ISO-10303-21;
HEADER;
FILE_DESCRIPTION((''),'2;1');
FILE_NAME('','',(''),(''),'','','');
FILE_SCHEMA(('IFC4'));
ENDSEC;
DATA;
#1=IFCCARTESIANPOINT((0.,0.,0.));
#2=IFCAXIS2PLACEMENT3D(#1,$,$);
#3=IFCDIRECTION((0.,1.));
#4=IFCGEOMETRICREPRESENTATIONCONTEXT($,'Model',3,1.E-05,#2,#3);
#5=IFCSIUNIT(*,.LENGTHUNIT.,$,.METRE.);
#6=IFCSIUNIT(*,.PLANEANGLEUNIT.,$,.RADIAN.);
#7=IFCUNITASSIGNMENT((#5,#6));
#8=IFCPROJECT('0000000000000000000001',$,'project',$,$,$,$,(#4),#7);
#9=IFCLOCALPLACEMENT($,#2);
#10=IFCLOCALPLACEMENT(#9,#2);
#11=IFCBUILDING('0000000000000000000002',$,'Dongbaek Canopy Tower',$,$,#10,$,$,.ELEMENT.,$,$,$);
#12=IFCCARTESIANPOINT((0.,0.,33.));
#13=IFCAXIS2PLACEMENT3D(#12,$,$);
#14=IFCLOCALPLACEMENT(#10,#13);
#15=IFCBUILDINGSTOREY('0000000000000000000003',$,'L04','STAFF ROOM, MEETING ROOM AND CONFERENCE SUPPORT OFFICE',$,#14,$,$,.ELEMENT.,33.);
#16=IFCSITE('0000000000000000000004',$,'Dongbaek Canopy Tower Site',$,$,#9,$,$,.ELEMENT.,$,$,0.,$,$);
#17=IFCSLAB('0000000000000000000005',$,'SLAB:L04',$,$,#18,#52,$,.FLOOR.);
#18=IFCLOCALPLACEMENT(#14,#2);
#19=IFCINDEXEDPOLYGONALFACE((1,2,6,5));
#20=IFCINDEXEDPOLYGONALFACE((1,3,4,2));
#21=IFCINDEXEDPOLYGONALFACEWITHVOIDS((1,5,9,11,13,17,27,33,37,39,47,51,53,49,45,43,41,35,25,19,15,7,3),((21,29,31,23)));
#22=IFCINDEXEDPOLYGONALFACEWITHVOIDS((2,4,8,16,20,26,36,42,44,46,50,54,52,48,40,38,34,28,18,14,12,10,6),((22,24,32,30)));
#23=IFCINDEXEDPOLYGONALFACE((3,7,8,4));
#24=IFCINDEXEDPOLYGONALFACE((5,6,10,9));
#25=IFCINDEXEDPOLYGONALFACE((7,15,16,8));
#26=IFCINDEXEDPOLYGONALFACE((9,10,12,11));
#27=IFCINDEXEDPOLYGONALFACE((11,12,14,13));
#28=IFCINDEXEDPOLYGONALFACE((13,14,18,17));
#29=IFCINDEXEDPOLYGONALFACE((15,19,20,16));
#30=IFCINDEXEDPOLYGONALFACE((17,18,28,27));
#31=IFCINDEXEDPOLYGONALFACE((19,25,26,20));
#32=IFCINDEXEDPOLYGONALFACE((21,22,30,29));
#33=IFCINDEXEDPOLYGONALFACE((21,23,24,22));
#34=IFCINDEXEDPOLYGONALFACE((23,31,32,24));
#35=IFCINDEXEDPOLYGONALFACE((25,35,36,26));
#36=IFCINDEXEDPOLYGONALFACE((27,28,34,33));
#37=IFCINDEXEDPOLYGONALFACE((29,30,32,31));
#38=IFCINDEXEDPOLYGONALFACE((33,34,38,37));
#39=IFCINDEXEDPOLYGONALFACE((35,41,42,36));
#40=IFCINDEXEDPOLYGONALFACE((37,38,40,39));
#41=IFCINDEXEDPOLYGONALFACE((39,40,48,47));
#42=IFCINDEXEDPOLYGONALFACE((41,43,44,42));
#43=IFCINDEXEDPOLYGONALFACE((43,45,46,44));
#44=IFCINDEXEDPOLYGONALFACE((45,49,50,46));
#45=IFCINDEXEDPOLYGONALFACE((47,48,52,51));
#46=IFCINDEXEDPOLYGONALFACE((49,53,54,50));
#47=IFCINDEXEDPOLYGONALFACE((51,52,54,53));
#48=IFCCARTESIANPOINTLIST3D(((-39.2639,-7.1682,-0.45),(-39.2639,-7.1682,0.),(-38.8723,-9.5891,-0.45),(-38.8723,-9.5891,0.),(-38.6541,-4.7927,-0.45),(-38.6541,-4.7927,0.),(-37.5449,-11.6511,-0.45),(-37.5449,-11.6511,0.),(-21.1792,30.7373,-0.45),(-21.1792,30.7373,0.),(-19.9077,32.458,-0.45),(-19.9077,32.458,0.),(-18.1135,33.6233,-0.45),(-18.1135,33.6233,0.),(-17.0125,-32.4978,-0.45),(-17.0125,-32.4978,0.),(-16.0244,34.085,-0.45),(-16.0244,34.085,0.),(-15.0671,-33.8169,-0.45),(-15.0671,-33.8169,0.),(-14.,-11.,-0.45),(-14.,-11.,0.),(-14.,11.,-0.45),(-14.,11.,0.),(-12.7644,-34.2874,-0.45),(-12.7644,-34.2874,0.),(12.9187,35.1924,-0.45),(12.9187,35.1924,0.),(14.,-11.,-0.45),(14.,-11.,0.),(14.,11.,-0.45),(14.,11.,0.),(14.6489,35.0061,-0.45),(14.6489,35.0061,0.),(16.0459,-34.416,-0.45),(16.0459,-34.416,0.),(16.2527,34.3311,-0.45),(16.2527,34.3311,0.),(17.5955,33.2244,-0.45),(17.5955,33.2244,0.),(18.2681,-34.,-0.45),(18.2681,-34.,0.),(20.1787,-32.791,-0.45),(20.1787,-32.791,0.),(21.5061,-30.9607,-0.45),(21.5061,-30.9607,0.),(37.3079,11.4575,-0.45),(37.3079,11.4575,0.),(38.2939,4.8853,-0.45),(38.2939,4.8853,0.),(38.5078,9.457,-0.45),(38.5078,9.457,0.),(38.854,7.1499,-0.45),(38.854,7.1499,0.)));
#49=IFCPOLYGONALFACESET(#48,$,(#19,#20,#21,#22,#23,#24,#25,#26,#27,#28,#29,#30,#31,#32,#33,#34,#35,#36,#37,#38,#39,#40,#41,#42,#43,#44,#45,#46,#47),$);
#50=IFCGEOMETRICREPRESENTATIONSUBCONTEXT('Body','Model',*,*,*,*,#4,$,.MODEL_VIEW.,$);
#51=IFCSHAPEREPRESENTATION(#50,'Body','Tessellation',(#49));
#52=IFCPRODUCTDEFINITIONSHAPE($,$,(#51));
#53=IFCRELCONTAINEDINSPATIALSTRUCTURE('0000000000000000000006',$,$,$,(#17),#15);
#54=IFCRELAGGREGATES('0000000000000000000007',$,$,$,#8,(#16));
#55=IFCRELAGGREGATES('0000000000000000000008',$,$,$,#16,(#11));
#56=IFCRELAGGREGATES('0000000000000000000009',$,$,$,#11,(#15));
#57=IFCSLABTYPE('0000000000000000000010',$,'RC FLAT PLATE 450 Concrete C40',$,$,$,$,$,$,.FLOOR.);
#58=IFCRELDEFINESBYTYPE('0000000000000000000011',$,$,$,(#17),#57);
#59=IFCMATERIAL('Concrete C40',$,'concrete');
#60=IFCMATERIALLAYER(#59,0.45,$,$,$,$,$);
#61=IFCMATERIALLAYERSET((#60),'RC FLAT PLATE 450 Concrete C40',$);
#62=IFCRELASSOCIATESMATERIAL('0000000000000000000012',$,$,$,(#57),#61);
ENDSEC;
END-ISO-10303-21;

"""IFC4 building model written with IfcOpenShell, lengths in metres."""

from ifc_helpers import new_model, si_unit, direction, frame, origin, place, context, subcontext, project, spatial, polyline, outline, extrude, material, layer, layer_set, type_object, element, save


model = new_model("IFC4")

# Units and contexts
model_context = context("Model", 3, precision=1e-05, world=origin(), true_north=direction((0.0, 1.0)))
body_context = subcontext(model_context, "Body", "Model", "MODEL_VIEW")
ifc_project = project(units=[si_unit("LENGTHUNIT", "METRE"), si_unit("PLANEANGLEUNIT", "RADIAN")], contexts=[model_context])

# Site, building, storey
site_placement = place(None, origin())
site = spatial("IfcSite", under=ifc_project, at=site_placement, Name="Dongbaek Canopy Tower Site", CompositionType="ELEMENT", RefElevation=0.0)
building_placement = place(site_placement, origin())
building = spatial("IfcBuilding", under=site, at=building_placement, Name="Dongbaek Canopy Tower", CompositionType="ELEMENT")
storey_placement = place(building_placement, frame((0.0, 0.0, 33.0)))
storey = spatial("IfcBuildingStorey", under=building, at=storey_placement, Name="L04", Description="STAFF ROOM, MEETING ROOM AND CONFERENCE SUPPORT OFFICE", CompositionType="ELEMENT", Elevation=33.0)

# Slab
ifc_material_1 = material(Name="Concrete C40", Category="concrete")
ifc_layer_1 = layer(ifc_material_1, 0.45)
ifc_layer_set_1 = layer_set([ifc_layer_1], Name="RC FLAT PLATE 450 Concrete C40")
slab_type_1 = type_object("IfcSlabType", Name="RC FLAT PLATE 450 Concrete C40", PredefinedType="FLOOR", material=ifc_layer_set_1)
slab_1_placement = place(storey_placement, frame((0.0, 0.0, -0.45)))
element("IfcSlab", 1, at=slab_1_placement, inside=storey, type_object=slab_type_1, Name="SLAB:L04", PredefinedType="FLOOR", context=body_context, shape_type="SweptSolid", body=[
    extrude(outline(polyline([(38.2939, 4.8853), (21.5061, -30.9607), (20.1787, -32.791), (18.2681, -34.0), (16.0459, -34.416), (-12.7644, -34.2874), (-15.0671, -33.8169), (-17.0125, -32.4978), (-37.5449, -11.6511), (-38.8723, -9.5891), (-39.2639, -7.1682), (-38.6541, -4.7927), (-21.1792, 30.7373), (-19.9077, 32.458), (-18.1135, 33.6233), (-16.0244, 34.085), (12.9187, 35.1924), (14.6489, 35.0061), (16.2527, 34.3311), (17.5955, 33.2244), (37.3079, 11.4575), (38.5078, 9.457), (38.854, 7.1499), (38.2939, 4.8853)]), holes=[polyline([(14.0, 11.0), (-14.0, 11.0), (-14.0, -11.0), (14.0, -11.0), (14.0, 11.0)])]), origin(), (0.0, 0.0, 1.0), 0.45),
])

save(model, "model.ifc")
